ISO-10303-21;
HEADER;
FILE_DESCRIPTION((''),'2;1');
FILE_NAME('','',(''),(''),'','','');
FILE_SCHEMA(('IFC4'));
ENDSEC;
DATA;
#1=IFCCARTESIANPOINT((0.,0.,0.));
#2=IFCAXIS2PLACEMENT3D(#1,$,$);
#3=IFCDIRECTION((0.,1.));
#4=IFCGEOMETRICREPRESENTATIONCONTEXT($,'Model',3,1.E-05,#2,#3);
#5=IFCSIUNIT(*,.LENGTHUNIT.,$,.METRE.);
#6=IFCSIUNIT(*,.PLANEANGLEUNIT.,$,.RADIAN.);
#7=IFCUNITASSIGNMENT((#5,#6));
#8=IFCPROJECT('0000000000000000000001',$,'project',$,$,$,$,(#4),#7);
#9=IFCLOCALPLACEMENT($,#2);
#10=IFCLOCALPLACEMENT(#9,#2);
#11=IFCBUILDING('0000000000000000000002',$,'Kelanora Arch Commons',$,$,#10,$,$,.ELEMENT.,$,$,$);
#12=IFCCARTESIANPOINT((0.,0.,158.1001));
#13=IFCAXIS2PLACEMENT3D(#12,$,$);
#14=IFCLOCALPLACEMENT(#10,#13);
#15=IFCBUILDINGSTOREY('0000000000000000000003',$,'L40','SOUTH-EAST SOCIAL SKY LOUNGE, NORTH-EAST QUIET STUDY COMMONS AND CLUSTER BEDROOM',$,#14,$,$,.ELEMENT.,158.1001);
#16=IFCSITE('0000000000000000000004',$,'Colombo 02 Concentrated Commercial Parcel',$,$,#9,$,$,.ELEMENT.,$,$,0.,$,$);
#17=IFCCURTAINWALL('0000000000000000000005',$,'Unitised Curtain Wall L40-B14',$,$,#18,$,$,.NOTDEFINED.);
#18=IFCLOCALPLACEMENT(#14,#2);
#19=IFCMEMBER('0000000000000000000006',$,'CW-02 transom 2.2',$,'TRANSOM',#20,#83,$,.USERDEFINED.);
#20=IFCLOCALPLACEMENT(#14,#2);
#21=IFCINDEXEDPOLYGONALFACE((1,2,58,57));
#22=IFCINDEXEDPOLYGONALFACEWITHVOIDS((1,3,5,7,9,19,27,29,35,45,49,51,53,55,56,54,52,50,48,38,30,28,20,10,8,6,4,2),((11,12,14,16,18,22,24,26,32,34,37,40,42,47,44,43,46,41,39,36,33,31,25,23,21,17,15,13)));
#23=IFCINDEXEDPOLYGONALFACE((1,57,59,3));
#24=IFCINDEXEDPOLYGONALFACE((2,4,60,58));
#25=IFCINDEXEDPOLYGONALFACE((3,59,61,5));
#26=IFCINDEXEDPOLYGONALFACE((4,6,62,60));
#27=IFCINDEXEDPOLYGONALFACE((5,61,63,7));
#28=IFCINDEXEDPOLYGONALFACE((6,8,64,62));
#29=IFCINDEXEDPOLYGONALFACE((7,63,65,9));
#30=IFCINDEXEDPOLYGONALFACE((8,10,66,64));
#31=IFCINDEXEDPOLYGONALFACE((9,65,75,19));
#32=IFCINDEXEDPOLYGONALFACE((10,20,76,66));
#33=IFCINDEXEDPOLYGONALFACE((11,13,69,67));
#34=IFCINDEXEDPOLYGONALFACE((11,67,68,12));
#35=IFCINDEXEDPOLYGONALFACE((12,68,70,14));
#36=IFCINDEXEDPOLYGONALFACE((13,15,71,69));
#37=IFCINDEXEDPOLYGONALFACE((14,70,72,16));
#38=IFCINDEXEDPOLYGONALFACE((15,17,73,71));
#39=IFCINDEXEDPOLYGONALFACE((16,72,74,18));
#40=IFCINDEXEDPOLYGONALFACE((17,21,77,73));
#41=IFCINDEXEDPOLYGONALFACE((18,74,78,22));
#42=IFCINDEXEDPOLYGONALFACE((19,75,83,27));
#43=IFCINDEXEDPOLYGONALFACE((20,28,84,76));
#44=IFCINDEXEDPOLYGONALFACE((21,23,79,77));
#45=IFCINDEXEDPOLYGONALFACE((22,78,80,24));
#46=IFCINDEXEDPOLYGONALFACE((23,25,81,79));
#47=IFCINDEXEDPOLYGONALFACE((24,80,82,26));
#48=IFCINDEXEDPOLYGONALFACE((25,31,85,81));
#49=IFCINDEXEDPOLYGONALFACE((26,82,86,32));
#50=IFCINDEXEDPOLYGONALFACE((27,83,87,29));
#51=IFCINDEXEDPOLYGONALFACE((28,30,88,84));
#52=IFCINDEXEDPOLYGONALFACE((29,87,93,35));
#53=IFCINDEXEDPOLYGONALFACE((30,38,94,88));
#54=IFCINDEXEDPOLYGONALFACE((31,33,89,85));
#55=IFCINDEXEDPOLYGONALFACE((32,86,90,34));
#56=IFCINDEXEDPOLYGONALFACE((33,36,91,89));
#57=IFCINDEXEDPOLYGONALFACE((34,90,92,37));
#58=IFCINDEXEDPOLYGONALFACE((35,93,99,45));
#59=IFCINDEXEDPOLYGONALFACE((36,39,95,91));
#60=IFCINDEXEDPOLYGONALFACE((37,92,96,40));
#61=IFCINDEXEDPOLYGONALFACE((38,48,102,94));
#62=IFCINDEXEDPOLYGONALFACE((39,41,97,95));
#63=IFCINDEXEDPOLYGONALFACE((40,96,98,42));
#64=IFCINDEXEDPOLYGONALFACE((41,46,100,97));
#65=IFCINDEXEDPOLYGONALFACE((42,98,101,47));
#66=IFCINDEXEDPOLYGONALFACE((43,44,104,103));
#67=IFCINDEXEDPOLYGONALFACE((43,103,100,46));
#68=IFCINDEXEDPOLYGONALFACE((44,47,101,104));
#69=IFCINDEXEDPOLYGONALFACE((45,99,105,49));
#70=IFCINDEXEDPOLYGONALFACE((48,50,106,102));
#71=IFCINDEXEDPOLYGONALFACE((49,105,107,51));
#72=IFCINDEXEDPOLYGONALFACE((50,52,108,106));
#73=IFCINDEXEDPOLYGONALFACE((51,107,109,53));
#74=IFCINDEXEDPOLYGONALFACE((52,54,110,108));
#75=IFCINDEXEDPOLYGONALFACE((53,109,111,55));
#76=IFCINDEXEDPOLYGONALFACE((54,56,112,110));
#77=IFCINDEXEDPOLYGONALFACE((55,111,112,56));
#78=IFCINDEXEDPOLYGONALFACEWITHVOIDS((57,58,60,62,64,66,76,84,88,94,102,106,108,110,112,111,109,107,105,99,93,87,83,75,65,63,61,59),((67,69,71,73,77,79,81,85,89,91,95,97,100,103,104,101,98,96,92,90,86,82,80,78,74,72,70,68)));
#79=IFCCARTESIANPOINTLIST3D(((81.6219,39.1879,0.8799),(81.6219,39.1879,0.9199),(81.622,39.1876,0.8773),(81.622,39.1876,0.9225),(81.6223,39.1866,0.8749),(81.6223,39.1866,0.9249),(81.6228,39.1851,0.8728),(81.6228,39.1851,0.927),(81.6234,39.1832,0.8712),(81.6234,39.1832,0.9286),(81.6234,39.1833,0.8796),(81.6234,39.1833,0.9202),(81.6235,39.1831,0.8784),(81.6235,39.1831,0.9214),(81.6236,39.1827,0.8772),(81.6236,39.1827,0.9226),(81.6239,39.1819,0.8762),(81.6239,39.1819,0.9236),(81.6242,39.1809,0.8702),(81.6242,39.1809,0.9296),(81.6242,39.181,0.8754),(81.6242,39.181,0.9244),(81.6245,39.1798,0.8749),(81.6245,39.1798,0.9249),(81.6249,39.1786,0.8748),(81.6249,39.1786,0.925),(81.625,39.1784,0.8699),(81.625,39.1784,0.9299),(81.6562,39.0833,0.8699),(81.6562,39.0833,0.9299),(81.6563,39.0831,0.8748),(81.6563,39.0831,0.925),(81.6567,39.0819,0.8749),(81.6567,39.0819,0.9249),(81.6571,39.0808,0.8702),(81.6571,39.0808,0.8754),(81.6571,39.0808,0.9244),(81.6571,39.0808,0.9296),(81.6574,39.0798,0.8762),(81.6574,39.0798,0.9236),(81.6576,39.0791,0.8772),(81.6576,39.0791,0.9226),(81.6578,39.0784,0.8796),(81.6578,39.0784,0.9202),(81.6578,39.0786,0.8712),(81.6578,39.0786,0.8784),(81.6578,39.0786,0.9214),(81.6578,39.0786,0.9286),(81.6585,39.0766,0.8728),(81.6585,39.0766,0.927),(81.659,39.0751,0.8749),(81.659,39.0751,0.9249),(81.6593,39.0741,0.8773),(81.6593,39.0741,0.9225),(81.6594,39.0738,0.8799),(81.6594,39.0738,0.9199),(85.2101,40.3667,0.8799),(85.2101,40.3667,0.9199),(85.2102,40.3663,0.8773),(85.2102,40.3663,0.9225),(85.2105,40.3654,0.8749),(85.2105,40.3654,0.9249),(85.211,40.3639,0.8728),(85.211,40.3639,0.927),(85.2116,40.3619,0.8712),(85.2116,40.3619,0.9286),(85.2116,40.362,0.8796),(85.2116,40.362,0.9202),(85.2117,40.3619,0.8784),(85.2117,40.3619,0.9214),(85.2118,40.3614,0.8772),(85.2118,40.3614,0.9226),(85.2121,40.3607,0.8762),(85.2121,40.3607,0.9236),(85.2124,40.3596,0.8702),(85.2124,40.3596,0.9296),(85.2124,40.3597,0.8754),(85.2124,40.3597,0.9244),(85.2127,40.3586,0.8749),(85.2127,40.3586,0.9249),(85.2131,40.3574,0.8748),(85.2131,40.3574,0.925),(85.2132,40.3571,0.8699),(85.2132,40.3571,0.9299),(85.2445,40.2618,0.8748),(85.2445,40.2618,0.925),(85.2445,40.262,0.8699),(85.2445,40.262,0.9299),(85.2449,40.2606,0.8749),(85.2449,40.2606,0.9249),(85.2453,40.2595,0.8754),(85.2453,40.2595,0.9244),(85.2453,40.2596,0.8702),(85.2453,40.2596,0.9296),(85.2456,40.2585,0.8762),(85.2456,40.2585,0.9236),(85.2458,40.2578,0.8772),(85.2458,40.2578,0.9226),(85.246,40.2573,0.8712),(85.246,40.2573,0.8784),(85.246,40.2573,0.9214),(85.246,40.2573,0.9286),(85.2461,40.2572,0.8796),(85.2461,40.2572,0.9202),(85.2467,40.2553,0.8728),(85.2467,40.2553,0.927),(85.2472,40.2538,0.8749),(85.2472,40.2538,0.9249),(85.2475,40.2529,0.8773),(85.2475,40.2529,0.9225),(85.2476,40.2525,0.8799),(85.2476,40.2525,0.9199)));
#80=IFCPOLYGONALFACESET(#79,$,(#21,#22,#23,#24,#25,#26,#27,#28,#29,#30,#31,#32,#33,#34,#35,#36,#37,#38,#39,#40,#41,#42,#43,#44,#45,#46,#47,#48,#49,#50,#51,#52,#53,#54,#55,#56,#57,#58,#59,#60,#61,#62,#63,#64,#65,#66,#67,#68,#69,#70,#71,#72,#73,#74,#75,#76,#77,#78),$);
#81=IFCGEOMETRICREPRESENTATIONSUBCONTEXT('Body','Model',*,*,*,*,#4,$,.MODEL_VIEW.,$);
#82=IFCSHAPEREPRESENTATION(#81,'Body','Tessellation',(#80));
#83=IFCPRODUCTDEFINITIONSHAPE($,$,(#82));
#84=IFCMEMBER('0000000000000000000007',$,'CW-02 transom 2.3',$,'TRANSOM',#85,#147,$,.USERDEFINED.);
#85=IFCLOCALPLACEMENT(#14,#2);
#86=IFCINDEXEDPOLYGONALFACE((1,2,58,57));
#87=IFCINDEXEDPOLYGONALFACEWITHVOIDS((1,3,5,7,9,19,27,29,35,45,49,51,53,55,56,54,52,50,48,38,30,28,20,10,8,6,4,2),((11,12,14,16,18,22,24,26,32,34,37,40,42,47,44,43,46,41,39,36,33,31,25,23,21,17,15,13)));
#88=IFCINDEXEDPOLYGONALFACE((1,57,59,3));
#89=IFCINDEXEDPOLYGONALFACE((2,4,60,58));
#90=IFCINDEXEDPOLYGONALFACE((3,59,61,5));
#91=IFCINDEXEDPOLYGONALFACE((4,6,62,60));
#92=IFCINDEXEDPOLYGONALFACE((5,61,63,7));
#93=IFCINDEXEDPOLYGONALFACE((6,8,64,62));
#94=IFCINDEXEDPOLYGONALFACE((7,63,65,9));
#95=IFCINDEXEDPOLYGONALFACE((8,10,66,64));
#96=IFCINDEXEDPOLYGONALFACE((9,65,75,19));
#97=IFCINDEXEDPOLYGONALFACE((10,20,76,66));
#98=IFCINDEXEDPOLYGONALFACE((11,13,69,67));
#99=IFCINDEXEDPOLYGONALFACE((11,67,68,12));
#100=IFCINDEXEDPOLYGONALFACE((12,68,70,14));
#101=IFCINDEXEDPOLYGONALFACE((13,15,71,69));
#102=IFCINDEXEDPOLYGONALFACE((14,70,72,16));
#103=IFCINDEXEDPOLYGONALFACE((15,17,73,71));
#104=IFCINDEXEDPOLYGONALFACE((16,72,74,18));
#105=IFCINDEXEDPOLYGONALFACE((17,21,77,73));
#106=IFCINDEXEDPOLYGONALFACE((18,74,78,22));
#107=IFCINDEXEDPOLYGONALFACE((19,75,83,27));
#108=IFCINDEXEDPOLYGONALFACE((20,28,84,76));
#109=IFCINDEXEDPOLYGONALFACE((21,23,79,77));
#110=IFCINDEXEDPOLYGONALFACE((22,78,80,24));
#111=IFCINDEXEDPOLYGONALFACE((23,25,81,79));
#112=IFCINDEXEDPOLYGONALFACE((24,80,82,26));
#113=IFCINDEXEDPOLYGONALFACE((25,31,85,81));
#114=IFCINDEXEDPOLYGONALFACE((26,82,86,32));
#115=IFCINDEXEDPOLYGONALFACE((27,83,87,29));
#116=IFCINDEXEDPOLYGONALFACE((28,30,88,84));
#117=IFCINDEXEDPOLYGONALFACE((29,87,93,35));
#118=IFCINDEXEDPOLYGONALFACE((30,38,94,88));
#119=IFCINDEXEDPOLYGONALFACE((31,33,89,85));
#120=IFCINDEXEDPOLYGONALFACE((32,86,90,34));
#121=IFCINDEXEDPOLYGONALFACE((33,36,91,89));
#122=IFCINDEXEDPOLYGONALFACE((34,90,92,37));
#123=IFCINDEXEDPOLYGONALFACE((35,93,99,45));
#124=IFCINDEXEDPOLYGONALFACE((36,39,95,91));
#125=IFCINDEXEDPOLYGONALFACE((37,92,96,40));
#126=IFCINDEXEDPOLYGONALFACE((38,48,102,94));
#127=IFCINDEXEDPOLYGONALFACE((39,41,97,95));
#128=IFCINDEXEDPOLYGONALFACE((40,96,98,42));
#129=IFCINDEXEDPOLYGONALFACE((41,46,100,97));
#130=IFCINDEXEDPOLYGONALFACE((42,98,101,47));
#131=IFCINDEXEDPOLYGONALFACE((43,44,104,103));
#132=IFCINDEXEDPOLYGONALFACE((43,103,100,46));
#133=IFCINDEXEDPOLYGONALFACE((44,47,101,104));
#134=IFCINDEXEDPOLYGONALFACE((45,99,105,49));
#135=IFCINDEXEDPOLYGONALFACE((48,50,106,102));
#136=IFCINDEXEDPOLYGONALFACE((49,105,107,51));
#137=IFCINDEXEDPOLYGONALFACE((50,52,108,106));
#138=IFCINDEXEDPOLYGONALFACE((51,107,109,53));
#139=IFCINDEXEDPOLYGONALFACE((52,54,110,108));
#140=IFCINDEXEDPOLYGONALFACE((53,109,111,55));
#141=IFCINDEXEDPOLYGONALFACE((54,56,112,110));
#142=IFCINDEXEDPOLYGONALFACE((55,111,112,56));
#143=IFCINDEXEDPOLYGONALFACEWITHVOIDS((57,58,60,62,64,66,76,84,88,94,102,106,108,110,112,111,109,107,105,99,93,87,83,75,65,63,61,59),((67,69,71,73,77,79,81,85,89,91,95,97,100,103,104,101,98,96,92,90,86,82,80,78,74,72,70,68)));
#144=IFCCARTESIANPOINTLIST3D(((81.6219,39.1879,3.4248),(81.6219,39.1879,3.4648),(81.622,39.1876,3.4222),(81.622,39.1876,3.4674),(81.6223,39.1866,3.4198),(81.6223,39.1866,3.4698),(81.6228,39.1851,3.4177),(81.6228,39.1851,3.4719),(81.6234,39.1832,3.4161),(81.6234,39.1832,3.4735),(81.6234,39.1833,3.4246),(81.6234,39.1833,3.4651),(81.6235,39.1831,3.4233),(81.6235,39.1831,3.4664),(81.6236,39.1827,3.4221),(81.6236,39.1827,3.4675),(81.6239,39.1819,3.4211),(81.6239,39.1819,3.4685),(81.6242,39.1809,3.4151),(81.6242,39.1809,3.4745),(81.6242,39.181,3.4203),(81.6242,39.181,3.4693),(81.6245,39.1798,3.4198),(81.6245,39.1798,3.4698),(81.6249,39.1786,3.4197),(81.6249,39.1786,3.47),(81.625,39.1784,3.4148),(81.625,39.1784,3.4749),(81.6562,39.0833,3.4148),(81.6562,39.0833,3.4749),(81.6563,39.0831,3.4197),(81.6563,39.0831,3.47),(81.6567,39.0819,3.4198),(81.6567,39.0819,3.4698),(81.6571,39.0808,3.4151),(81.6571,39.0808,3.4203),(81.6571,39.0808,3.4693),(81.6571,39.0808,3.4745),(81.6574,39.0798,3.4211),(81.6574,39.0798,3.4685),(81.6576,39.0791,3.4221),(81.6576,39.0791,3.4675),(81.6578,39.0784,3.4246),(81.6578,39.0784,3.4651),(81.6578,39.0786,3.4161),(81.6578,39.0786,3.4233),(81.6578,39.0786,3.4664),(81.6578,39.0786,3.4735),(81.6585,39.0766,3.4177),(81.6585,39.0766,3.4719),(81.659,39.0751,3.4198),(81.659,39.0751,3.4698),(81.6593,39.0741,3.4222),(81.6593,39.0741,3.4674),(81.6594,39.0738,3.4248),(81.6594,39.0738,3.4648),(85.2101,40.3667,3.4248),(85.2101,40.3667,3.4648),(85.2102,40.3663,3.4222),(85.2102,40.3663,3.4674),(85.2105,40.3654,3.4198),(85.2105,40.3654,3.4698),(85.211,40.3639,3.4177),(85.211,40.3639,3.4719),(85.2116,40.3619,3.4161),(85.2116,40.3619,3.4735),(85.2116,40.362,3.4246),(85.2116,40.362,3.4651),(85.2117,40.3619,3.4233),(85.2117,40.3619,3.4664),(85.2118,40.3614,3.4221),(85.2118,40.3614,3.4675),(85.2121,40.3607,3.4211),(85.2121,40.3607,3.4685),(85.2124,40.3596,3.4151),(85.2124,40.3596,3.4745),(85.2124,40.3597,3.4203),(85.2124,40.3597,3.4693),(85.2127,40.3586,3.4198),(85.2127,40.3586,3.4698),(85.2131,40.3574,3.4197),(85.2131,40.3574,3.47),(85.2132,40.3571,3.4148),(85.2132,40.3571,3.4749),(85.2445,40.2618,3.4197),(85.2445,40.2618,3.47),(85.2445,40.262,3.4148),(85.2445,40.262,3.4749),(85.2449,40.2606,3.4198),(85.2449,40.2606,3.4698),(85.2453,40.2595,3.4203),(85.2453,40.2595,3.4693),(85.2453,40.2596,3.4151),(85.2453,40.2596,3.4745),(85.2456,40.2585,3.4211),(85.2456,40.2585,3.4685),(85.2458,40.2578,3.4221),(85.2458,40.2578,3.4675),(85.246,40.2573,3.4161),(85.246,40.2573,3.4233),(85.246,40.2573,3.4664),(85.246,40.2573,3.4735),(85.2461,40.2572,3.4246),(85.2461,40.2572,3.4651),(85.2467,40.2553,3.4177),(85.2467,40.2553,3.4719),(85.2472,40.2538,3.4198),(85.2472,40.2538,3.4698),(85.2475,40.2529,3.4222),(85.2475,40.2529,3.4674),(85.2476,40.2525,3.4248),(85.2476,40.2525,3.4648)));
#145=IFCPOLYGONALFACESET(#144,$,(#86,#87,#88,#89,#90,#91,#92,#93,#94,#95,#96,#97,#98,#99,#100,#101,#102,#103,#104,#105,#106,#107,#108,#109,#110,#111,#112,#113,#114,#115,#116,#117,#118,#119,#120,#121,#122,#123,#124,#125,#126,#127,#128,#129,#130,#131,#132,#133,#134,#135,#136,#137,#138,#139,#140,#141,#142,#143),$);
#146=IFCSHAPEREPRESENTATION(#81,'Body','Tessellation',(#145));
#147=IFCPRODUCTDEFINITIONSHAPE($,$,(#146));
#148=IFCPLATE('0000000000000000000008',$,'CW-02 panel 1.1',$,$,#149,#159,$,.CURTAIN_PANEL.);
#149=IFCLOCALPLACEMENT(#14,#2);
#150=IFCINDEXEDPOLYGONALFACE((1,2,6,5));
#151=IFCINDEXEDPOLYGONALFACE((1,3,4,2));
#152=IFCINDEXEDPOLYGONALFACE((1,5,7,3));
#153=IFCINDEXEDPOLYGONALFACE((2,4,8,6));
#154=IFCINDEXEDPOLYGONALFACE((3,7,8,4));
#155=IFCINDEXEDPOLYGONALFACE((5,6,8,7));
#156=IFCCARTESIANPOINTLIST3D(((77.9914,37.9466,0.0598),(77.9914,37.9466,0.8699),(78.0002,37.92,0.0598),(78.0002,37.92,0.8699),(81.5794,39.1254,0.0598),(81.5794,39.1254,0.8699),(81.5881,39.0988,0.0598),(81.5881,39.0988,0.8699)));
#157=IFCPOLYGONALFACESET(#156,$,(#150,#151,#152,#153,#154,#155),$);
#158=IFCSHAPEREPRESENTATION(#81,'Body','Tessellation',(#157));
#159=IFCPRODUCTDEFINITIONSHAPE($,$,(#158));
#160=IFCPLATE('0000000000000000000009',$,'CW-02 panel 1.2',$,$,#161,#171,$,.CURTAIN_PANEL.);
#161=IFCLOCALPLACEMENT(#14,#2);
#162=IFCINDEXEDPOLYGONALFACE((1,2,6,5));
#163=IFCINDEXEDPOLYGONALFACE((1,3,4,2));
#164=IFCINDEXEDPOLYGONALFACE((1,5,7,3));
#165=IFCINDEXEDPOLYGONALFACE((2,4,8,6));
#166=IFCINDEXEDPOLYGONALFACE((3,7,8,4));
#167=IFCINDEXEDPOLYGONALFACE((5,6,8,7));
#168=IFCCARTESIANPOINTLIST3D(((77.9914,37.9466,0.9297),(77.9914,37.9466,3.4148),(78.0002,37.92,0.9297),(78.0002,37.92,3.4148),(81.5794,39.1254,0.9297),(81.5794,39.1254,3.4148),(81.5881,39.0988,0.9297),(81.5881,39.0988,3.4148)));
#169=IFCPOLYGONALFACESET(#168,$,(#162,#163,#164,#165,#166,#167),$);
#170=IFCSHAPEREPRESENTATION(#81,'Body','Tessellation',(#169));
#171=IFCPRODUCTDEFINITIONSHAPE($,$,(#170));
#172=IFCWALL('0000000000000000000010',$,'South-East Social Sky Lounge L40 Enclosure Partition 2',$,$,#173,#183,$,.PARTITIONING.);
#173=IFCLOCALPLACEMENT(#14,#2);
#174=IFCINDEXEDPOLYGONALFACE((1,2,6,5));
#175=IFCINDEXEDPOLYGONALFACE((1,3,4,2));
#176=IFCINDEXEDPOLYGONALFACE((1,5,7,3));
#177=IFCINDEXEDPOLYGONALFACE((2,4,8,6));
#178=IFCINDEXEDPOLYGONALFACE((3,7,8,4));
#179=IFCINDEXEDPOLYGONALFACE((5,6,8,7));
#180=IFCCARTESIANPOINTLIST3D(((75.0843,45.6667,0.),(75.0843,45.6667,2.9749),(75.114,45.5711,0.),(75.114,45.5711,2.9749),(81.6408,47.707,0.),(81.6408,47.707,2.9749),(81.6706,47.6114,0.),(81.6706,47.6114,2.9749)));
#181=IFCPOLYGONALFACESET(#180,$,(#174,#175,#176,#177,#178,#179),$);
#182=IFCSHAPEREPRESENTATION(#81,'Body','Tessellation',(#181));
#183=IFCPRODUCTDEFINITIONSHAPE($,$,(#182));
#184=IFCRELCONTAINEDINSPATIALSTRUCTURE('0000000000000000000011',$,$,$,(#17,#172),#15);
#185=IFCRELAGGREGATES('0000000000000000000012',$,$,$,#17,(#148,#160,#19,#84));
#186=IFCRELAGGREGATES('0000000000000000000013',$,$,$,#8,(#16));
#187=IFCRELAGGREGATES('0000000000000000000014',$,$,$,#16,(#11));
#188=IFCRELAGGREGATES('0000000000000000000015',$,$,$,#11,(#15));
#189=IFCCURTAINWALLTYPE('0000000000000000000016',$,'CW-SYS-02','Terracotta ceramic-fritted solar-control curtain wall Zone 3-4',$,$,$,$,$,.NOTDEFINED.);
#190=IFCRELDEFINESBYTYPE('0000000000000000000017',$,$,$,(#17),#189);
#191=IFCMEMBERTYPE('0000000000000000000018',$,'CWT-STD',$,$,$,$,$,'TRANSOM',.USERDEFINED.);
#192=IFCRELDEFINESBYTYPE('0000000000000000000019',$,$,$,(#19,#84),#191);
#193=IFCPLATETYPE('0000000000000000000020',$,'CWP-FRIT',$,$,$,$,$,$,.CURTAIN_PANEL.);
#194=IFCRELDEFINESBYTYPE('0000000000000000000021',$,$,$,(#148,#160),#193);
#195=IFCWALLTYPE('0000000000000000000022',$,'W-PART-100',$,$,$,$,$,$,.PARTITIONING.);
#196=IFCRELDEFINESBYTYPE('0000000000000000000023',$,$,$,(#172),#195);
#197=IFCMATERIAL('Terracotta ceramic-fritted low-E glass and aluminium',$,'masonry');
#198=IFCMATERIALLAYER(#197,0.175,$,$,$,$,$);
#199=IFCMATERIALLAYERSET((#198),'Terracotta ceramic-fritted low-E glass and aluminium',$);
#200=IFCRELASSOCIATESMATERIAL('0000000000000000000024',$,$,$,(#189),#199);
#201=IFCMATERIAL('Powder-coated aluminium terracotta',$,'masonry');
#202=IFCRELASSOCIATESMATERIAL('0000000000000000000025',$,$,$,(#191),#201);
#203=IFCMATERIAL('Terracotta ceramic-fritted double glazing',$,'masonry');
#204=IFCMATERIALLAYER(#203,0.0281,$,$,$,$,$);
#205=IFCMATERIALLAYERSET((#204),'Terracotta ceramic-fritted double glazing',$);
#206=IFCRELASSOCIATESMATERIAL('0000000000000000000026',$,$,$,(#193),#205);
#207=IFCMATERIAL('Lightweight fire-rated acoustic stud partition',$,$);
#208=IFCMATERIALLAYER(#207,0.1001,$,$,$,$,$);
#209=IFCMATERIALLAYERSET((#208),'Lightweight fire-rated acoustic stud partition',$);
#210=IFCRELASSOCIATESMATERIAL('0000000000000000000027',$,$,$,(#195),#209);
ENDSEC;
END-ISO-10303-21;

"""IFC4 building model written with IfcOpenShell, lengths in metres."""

from ifc_helpers import new_model, si_unit, direction, frame, frame_2d, origin, origin_2d, place, context, subcontext, project, spatial, rectangle, hollow_rectangle, extrude, source, transform, mapped, material, layer, layer_set, material_profile, profile_set, type_object, element, aggregate, save


model = new_model("IFC4")

# Units and contexts
model_context = context("Model", 3, precision=1e-05, world=origin(), true_north=direction((0.0, 1.0)))
body_context = subcontext(model_context, "Body", "Model", "MODEL_VIEW")
ifc_project = project(units=[si_unit("LENGTHUNIT", "METRE"), si_unit("PLANEANGLEUNIT", "RADIAN")], contexts=[model_context])

# Site, building, storey
site_placement = place(None, origin())
site = spatial("IfcSite", under=ifc_project, at=site_placement, Name="Colombo 02 Concentrated Commercial Parcel", CompositionType="ELEMENT", RefElevation=0.0)
building_placement = place(site_placement, origin())
building = spatial("IfcBuilding", under=site, at=building_placement, Name="Kelanora Arch Commons", CompositionType="ELEMENT")
storey_placement = place(building_placement, frame((0.0, 0.0, 158.1001)))
storey = spatial("IfcBuildingStorey", under=building, at=storey_placement, Name="L40", Description="SOUTH-EAST SOCIAL SKY LOUNGE, NORTH-EAST QUIET STUDY COMMONS AND CLUSTER BEDROOM", CompositionType="ELEMENT", Elevation=158.1001)

# Curtain wall, members, plates
ifc_material_1 = material(Name="Terracotta ceramic-fritted low-E glass and aluminium", Category="masonry")
ifc_layer_1 = layer(ifc_material_1, 0.175)
ifc_layer_set_1 = layer_set([ifc_layer_1], Name="Terracotta ceramic-fritted low-E glass and aluminium")
curtain_wall_type = type_object("IfcCurtainWallType", Name="CW-SYS-02", Description="Terracotta ceramic-fritted solar-control curtain wall Zone 3-4", PredefinedType="NOTDEFINED", material=ifc_layer_set_1)
curtain_wall_placement = place(storey_placement, origin())
curtain_wall = element("IfcCurtainWall", 1, at=curtain_wall_placement, inside=storey, type_object=curtain_wall_type, Name="Unitised Curtain Wall L40-B14", PredefinedType="NOTDEFINED")
ifc_material_2 = material(Name="Powder-coated aluminium terracotta", Category="masonry")
ifc_material_profile_1 = material_profile(ifc_material_2, hollow_rectangle(XDim=0.1201, YDim=0.0601, WallThickness=0.0049, InnerFilletRadius=0.0049, OuterFilletRadius=0.01, at=origin_2d()), Name="CWT120x60")
ifc_profile_set_1 = profile_set([ifc_material_profile_1], Name="Powder-coated aluminium terracotta")
member_type_1 = type_object("IfcMemberType", Name="CWT-STD", ElementType="TRANSOM", PredefinedType="USERDEFINED", material=ifc_profile_set_1)
member_1_placement = place(storey_placement, frame((81.6406, 39.1309, 0.8999), z_axis=(0.950051, 0.312094, 0.0), x_axis=(-0.312094, 0.950051, 0.0)))
member_1 = element("IfcMember", 2, at=member_1_placement, type_object=member_type_1, Name="CW-02 transom 2.2", ObjectType="TRANSOM", PredefinedType="USERDEFINED", context=body_context, shape_type="SweptSolid", body=[
    extrude(hollow_rectangle(XDim=0.1201, YDim=0.0601, WallThickness=0.0049, InnerFilletRadius=0.0049, OuterFilletRadius=0.01, at=origin_2d()), origin(), (0.0, 0.0, 1.0), 3.7769),
])
member_2_placement = place(storey_placement, frame((81.6406, 39.1309, 3.4448), z_axis=(0.950051, 0.312094, 0.0), x_axis=(-0.312094, 0.950051, 0.0)))
member_2 = element("IfcMember", 3, at=member_2_placement, type_object=member_type_1, Name="CW-02 transom 2.3", ObjectType="TRANSOM", PredefinedType="USERDEFINED", context=body_context, shape_type="SweptSolid", body=[
    extrude(hollow_rectangle(XDim=0.1201, YDim=0.0601, WallThickness=0.0049, InnerFilletRadius=0.0049, OuterFilletRadius=0.01, at=origin_2d()), origin(), (0.0, 0.0, 1.0), 3.7769),
])
ifc_material_3 = material(Name="Terracotta ceramic-fritted double glazing", Category="masonry")
ifc_layer_2 = layer(ifc_material_3, 0.0281)
ifc_layer_set_2 = layer_set([ifc_layer_2], Name="Terracotta ceramic-fritted double glazing")
plate_type = type_object("IfcPlateType", Name="CWP-FRIT", PredefinedType="CURTAIN_PANEL", material=ifc_layer_set_2)
shared_shape_1 = source(origin(), body_context, "Body", "SweptSolid", [
    extrude(rectangle(XDim=3.7766, YDim=0.0281, at=origin_2d()), origin(), (0.0, 0.0, 1.0), 0.8101),
])
plate_1_placement = place(storey_placement, frame((79.7898, 38.5227, 0.0598), z_axis=(0.0, 0.0, 1.0), x_axis=(0.95004, 0.312128, 0.0)))
plate_1 = element("IfcPlate", 4, at=plate_1_placement, type_object=plate_type, Name="CW-02 panel 1.1", PredefinedType="CURTAIN_PANEL", context=body_context, shape_type="MappedRepresentation", body=[
    mapped(shared_shape_1, transform((0.0, 0.0, 0.0), scale=1.0)),
])
shared_shape_2 = source(origin(), body_context, "Body", "SweptSolid", [
    extrude(rectangle(XDim=3.7766, YDim=0.0281, at=origin_2d()), origin(), (0.0, 0.0, 1.0), 2.4851),
])
plate_2_placement = place(storey_placement, frame((79.7898, 38.5227, 0.9297), z_axis=(0.0, 0.0, 1.0), x_axis=(0.95004, 0.312128, 0.0)))
plate_2 = element("IfcPlate", 5, at=plate_2_placement, type_object=plate_type, Name="CW-02 panel 1.2", PredefinedType="CURTAIN_PANEL", context=body_context, shape_type="MappedRepresentation", body=[
    mapped(shared_shape_2, transform((0.0, 0.0, 0.0), scale=1.0)),
])
aggregate(curtain_wall, [plate_1, plate_2, member_1, member_2])

# Wall
ifc_material_4 = material(Name="Lightweight fire-rated acoustic stud partition")
ifc_layer_3 = layer(ifc_material_4, 0.1001)
ifc_layer_set_3 = layer_set([ifc_layer_3], Name="Lightweight fire-rated acoustic stud partition")
wall_type = type_object("IfcWallType", Name="W-PART-100", PredefinedType="PARTITIONING", material=ifc_layer_set_3)
wall_placement = place(storey_placement, frame((75.0991, 45.6189, 0.0), z_axis=(0.0, 0.0, 1.0), x_axis=(0.954839, 0.297125, 0.0)))
element("IfcWall", 6, at=wall_placement, inside=storey, type_object=wall_type, Name="South-East Social Sky Lounge L40 Enclosure Partition 2", PredefinedType="PARTITIONING", context=body_context, shape_type="SweptSolid", body=[
    extrude(rectangle(XDim=6.8667, YDim=0.1001, at=frame_2d((3.4333, 0.0))), origin(), (0.0, 0.0, 1.0), 2.9749),
])

save(model, "model.ifc")
